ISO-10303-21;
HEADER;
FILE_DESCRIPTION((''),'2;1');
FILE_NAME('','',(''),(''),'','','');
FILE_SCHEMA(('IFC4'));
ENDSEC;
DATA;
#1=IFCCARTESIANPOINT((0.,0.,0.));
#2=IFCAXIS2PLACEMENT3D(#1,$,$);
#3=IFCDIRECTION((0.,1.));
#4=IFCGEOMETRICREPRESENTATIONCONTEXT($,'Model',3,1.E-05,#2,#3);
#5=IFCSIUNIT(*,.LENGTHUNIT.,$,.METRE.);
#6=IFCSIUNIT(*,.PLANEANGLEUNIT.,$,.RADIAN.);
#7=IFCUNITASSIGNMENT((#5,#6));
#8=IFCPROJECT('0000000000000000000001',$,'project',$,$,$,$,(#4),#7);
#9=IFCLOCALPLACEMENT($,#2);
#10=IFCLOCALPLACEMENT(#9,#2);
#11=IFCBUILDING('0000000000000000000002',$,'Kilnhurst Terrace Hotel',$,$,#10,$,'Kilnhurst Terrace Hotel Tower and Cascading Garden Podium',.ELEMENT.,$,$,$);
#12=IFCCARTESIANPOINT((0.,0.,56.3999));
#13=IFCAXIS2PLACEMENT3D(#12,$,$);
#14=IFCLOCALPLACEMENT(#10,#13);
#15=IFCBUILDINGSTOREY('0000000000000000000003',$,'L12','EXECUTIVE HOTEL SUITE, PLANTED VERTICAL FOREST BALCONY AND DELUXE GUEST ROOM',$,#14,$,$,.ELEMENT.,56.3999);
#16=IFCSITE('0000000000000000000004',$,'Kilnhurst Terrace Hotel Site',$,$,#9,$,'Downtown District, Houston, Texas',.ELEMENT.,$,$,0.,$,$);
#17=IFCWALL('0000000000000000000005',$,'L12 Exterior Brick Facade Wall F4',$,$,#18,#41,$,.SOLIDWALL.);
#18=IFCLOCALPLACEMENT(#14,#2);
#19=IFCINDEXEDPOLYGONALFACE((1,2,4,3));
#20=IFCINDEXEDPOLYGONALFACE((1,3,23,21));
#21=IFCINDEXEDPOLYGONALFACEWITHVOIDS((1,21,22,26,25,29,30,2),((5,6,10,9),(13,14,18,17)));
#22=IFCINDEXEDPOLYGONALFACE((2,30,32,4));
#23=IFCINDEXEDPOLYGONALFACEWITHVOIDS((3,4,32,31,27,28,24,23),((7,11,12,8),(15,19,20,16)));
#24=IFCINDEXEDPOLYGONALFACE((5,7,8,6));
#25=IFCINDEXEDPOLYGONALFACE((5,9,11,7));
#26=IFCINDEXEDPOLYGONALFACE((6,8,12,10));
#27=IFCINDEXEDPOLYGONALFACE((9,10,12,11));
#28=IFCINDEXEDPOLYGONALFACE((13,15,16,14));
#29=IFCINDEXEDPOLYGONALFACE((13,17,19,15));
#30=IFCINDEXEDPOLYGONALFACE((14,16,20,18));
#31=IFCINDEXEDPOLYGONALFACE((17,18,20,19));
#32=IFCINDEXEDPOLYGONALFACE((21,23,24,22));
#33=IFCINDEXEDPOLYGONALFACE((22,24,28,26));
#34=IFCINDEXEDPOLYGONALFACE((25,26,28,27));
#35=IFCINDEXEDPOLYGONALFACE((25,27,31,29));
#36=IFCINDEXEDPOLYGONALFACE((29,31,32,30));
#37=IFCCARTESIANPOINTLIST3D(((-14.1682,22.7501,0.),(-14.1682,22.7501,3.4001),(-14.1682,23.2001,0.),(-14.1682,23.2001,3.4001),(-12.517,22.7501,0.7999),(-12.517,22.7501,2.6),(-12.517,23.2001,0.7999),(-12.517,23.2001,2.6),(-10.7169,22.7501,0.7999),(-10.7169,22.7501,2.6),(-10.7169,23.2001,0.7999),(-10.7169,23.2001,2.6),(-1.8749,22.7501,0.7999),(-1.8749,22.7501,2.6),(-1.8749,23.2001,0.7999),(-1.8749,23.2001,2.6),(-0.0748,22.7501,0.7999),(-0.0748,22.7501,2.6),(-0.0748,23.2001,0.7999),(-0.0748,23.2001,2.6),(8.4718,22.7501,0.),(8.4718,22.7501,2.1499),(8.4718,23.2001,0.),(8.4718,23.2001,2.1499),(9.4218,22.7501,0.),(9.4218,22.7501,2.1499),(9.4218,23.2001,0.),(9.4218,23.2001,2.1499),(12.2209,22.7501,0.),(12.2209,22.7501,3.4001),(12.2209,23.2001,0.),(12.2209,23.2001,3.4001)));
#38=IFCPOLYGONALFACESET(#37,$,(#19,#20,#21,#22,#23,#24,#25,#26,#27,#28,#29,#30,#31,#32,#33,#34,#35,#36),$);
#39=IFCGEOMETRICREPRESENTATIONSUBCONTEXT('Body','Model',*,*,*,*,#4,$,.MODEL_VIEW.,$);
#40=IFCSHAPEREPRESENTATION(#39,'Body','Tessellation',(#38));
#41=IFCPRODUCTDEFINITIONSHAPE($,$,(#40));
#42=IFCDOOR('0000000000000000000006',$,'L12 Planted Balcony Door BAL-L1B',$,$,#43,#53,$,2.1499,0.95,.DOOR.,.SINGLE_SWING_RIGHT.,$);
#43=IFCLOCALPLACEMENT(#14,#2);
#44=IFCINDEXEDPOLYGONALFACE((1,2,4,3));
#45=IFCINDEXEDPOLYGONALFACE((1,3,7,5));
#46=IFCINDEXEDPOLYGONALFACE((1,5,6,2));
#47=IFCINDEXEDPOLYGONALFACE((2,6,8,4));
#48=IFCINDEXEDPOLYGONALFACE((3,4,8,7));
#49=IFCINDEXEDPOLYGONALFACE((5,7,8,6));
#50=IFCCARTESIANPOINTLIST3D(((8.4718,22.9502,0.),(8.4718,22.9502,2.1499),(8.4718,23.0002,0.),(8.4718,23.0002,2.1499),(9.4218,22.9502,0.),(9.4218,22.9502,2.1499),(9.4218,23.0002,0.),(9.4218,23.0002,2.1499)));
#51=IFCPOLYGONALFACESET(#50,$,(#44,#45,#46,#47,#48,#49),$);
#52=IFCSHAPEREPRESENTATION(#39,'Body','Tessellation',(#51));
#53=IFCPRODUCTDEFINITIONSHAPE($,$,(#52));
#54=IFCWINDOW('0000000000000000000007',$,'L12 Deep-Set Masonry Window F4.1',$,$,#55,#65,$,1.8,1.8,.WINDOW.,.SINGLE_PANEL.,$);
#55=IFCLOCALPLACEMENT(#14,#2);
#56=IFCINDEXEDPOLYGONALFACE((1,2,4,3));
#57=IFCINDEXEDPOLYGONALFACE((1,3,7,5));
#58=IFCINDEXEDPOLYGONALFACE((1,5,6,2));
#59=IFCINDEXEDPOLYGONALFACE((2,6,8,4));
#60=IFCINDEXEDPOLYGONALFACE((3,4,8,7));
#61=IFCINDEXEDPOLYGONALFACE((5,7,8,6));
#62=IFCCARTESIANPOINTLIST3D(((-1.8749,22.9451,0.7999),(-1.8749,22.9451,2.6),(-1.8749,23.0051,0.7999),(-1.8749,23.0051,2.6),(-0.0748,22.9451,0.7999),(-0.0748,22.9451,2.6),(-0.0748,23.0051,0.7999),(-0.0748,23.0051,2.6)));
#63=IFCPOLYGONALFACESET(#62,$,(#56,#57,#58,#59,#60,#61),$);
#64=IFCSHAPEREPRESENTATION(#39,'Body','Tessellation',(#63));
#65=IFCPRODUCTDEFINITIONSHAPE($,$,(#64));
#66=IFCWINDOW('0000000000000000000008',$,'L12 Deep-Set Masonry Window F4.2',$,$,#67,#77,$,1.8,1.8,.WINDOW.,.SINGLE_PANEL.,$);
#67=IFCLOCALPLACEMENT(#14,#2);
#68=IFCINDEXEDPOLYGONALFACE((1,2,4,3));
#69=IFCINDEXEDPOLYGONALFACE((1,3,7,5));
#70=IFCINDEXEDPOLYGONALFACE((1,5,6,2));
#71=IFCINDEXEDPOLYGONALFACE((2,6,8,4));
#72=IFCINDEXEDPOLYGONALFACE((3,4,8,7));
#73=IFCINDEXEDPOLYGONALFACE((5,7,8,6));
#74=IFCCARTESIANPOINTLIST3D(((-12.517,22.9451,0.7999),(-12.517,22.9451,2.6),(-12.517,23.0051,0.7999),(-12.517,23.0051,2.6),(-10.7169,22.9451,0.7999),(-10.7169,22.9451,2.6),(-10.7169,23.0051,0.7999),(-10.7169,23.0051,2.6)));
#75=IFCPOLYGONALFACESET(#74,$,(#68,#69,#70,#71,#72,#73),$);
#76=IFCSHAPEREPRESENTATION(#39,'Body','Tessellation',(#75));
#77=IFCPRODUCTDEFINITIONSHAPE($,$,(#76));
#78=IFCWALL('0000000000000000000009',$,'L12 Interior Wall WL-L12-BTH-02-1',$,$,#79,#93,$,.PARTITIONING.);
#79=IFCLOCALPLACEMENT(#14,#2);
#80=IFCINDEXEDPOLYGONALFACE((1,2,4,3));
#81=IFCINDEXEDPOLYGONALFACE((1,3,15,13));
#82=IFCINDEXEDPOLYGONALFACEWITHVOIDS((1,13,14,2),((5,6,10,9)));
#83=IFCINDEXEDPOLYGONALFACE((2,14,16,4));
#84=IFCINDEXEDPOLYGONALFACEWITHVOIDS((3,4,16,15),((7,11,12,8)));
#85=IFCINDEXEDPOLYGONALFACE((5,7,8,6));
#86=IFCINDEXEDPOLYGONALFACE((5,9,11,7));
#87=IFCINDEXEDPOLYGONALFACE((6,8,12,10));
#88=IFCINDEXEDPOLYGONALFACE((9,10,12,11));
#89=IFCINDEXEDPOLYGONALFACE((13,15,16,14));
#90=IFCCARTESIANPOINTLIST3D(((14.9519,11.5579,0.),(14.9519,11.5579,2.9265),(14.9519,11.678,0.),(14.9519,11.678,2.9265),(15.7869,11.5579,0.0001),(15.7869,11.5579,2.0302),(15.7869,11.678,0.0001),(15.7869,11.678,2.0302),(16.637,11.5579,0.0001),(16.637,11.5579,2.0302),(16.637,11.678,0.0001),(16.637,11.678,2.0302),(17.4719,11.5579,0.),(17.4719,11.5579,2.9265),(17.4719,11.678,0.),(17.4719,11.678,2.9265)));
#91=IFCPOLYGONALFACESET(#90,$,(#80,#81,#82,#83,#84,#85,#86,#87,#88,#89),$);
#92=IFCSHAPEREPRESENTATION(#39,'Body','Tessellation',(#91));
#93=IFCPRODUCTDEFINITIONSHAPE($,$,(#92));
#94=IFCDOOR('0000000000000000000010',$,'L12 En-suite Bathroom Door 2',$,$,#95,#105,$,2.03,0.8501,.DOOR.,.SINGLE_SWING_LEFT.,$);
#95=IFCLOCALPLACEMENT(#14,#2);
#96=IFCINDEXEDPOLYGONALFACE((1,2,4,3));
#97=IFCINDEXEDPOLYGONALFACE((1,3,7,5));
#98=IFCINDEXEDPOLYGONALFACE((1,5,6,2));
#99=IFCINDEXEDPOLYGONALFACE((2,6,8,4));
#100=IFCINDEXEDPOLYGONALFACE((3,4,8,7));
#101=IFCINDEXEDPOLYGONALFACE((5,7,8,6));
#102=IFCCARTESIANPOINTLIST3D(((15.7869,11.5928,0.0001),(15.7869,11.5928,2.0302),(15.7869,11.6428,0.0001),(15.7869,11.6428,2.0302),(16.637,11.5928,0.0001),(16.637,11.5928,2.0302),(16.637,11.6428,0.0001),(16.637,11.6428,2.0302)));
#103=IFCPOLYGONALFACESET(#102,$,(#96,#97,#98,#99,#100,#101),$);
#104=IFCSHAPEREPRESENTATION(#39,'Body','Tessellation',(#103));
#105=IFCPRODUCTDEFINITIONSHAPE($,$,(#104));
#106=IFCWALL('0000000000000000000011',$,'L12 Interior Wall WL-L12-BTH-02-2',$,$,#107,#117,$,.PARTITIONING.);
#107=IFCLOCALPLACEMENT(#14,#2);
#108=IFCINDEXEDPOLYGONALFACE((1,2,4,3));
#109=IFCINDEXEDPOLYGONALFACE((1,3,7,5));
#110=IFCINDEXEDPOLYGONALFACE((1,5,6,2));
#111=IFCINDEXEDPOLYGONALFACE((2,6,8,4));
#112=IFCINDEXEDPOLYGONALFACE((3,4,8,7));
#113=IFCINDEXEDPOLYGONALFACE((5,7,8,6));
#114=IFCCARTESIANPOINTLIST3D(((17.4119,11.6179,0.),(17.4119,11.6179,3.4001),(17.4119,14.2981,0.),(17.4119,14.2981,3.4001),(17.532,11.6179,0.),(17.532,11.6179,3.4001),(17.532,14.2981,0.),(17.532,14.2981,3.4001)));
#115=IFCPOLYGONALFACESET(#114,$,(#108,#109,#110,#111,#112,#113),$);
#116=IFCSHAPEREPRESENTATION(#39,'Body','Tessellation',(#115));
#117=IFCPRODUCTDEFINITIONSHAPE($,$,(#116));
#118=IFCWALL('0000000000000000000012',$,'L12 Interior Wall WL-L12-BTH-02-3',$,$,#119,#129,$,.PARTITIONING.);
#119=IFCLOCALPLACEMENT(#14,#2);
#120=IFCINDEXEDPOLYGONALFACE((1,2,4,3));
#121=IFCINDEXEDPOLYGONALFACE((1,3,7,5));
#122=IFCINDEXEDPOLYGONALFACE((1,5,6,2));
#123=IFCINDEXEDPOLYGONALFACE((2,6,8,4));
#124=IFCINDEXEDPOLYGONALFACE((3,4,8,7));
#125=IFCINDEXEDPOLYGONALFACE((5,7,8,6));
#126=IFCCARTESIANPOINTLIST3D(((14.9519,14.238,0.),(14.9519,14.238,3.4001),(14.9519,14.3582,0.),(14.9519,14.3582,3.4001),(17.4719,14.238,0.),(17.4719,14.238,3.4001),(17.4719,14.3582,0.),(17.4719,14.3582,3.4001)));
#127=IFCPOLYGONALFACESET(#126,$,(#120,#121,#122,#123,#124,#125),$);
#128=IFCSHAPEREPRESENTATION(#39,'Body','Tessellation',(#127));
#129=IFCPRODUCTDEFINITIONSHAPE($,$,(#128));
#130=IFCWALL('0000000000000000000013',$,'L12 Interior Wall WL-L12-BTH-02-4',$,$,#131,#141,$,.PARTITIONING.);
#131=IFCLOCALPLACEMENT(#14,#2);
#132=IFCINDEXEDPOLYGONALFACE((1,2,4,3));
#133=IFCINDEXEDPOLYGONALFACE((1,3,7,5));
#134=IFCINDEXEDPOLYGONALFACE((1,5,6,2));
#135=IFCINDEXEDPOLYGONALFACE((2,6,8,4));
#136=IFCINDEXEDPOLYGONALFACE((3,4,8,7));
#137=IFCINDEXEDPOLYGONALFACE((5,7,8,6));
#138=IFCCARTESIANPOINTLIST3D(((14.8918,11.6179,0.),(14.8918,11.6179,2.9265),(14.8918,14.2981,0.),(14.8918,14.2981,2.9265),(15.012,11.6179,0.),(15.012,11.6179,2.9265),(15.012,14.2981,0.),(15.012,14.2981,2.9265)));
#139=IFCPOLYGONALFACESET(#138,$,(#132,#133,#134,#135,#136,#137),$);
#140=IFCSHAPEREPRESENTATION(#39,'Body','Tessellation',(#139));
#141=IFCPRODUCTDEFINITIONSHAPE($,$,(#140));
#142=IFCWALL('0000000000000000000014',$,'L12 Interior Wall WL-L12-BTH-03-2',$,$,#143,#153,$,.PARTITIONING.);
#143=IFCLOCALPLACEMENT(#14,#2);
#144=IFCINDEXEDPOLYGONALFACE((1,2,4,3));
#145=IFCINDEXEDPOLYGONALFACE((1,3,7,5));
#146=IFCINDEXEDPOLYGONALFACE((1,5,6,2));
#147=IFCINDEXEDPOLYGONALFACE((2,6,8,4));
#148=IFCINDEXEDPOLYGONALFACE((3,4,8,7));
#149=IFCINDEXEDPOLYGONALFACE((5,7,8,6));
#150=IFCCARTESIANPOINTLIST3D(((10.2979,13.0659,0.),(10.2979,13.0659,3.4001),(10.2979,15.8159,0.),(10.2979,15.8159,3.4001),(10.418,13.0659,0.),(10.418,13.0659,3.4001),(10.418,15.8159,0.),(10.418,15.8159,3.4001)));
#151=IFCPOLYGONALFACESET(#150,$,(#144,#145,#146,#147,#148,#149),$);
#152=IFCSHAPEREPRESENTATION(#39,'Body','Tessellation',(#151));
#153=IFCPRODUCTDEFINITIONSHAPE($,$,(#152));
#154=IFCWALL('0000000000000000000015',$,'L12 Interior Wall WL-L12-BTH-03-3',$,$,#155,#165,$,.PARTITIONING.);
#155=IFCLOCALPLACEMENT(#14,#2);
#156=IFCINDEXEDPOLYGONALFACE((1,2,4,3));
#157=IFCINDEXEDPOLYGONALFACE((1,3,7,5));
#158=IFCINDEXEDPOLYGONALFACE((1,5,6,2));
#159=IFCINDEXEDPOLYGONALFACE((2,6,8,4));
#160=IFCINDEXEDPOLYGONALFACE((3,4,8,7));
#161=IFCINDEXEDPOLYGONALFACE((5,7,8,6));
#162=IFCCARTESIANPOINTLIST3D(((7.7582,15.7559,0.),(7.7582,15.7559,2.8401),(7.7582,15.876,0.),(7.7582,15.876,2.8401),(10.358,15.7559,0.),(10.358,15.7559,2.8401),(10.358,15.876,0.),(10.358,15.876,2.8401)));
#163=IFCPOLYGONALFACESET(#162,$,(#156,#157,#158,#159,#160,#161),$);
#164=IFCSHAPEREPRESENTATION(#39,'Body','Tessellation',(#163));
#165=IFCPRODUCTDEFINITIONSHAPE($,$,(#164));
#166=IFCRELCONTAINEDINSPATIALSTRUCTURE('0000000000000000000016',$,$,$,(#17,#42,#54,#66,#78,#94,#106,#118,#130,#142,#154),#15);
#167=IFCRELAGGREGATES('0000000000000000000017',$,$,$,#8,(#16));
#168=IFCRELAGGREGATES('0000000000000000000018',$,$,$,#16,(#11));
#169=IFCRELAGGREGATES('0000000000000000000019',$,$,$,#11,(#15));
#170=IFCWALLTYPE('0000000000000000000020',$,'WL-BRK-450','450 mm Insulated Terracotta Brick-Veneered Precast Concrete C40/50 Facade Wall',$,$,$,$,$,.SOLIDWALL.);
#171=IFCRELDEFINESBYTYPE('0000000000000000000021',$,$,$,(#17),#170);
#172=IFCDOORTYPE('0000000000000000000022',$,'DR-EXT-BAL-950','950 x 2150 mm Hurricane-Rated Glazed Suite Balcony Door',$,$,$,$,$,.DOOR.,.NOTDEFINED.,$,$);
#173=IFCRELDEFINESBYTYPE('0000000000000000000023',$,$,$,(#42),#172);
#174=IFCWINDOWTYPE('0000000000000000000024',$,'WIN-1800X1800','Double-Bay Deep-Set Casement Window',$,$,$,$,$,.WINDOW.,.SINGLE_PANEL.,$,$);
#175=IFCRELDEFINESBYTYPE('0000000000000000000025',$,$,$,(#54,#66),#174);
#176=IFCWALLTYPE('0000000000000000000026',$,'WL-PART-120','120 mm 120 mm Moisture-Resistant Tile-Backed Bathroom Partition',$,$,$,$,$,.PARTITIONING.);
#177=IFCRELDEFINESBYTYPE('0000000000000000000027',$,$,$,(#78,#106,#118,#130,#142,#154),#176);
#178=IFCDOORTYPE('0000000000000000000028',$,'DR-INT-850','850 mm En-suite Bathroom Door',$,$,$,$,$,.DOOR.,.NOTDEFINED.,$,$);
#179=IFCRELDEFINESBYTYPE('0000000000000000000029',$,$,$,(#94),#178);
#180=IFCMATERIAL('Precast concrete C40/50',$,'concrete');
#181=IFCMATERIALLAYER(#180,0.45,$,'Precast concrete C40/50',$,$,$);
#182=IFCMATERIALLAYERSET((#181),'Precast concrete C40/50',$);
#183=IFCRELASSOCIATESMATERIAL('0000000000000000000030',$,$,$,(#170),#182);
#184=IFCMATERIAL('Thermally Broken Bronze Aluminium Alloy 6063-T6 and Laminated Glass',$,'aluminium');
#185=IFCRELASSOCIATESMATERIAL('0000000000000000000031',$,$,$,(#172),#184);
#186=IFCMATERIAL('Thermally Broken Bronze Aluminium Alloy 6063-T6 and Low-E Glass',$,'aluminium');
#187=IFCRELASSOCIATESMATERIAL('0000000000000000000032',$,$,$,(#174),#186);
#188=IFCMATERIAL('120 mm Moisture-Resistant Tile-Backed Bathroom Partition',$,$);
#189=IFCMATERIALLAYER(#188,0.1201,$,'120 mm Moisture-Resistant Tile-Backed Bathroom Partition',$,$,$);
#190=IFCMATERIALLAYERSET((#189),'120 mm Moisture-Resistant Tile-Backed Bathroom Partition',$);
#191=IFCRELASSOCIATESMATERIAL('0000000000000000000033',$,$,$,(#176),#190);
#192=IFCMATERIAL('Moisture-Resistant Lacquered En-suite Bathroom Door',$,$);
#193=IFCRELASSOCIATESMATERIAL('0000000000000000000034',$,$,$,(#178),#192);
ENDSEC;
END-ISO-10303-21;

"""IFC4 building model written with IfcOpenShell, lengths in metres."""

from ifc_helpers import new_model, si_unit, direction, frame, frame_2d, origin, place, context, subcontext, project, spatial, rectangle, extrude, material, layer, layer_set, type_object, element, fill, save


model = new_model("IFC4")

# Units and contexts
model_context = context("Model", 3, precision=1e-05, world=origin(), true_north=direction((0.0, 1.0)))
body_context = subcontext(model_context, "Body", "Model", "MODEL_VIEW")
ifc_project = project(units=[si_unit("LENGTHUNIT", "METRE"), si_unit("PLANEANGLEUNIT", "RADIAN")], contexts=[model_context])

# Site, building, storey
site_placement = place(None, origin())
site = spatial("IfcSite", under=ifc_project, at=site_placement, Name="Kilnhurst Terrace Hotel Site", LongName="Downtown District, Houston, Texas", CompositionType="ELEMENT", RefElevation=0.0)
building_placement = place(site_placement, origin())
building = spatial("IfcBuilding", under=site, at=building_placement, Name="Kilnhurst Terrace Hotel", LongName="Kilnhurst Terrace Hotel Tower and Cascading Garden Podium", CompositionType="ELEMENT")
storey_placement = place(building_placement, frame((0.0, 0.0, 56.3999)))
storey = spatial("IfcBuildingStorey", under=building, at=storey_placement, Name="L12", Description="EXECUTIVE HOTEL SUITE, PLANTED VERTICAL FOREST BALCONY AND DELUXE GUEST ROOM", CompositionType="ELEMENT", Elevation=56.3999)

# Shared definitions
ifc_material_1 = material(Name="Precast concrete C40/50", Category="concrete")
ifc_layer_1 = layer(ifc_material_1, 0.45, Name="Precast concrete C40/50")
ifc_layer_set_1 = layer_set([ifc_layer_1], Name="Precast concrete C40/50")
wall_type_1 = type_object("IfcWallType", Name="WL-BRK-450", Description="450 mm Insulated Terracotta Brick-Veneered Precast Concrete C40/50 Facade Wall", PredefinedType="SOLIDWALL", material=ifc_layer_set_1)

# Wall, openings, door, windows
wall_1_placement = place(storey_placement, frame((12.2209, 22.9751, 0.0), z_axis=(0.0, 0.0, 1.0), x_axis=(-1.0, 0.0, 0.0)))
wall_1 = element("IfcWall", 1, at=wall_1_placement, inside=storey, type_object=wall_type_1, Name="L12 Exterior Brick Facade Wall F4", PredefinedType="SOLIDWALL", context=body_context, shape_type="SweptSolid", body=[
    extrude(rectangle(XDim=26.3892, YDim=0.45, at=frame_2d((13.1946, 0.0))), origin(), (0.0, 0.0, 1.0), 3.4001),
])
opening_1_placement = place(wall_1_placement, frame((2.7991, 0.0, 0.0)))
opening_1 = element("IfcOpeningElement", 2, at=opening_1_placement, cuts=wall_1, PredefinedType="OPENING", context=body_context, shape_type="SweptSolid", body=[
    extrude(rectangle(XDim=0.95, YDim=2.1499, at=frame_2d((0.4751, 1.075))), frame((0.0, 0.2349, 0.0), z_axis=(0.0, -1.0, 0.0), x_axis=(1.0, 0.0, 0.0)), (0.0, 0.0, 1.0), 0.47),
])
opening_2_placement = place(wall_1_placement, frame((12.2959, 0.0, 0.8)))
opening_2 = element("IfcOpeningElement", 3, at=opening_2_placement, cuts=wall_1, PredefinedType="OPENING", context=body_context, shape_type="SweptSolid", body=[
    extrude(rectangle(XDim=1.8, YDim=1.8, at=frame_2d((0.8999, 0.8999))), frame((0.0, 0.2349, 0.0), z_axis=(0.0, -1.0, 0.0), x_axis=(1.0, 0.0, 0.0)), (0.0, 0.0, 1.0), 0.47),
])
opening_3_placement = place(wall_1_placement, frame((22.938, 0.0, 0.8)))
opening_3 = element("IfcOpeningElement", 4, at=opening_3_placement, cuts=wall_1, PredefinedType="OPENING", context=body_context, shape_type="SweptSolid", body=[
    extrude(rectangle(XDim=1.8, YDim=1.8, at=frame_2d((0.8999, 0.8999))), frame((0.0, 0.2349, 0.0), z_axis=(0.0, -1.0, 0.0), x_axis=(1.0, 0.0, 0.0)), (0.0, 0.0, 1.0), 0.47),
])
ifc_material_2 = material(Name="Thermally Broken Bronze Aluminium Alloy 6063-T6 and Laminated Glass", Category="aluminium")
door_type_1 = type_object("IfcDoorType", Name="DR-EXT-BAL-950", Description="950 x 2150 mm Hurricane-Rated Glazed Suite Balcony Door", OperationType="NOTDEFINED", PredefinedType="DOOR", material=ifc_material_2)
door_1_placement = place(opening_1_placement, origin())
door_1 = element("IfcDoor", 5, at=door_1_placement, inside=storey, type_object=door_type_1, Name="L12 Planted Balcony Door BAL-L1B", OperationType="SINGLE_SWING_RIGHT", OverallHeight=2.1499, OverallWidth=0.95, PredefinedType="DOOR", context=body_context, shape_type="SweptSolid", body=[
    extrude(rectangle(XDim=0.95, YDim=2.1499, at=frame_2d((0.4751, 1.075))), frame((0.0, 0.0249, 0.0), z_axis=(0.0, -1.0, 0.0), x_axis=(1.0, 0.0, 0.0)), (0.0, 0.0, 1.0), 0.05),
])
fill(opening_1, door_1)
ifc_material_3 = material(Name="Thermally Broken Bronze Aluminium Alloy 6063-T6 and Low-E Glass", Category="aluminium")
window_type = type_object("IfcWindowType", Name="WIN-1800X1800", Description="Double-Bay Deep-Set Casement Window", PartitioningType="SINGLE_PANEL", PredefinedType="WINDOW", material=ifc_material_3)
window_1_placement = place(opening_2_placement, origin())
window_1 = element("IfcWindow", 6, at=window_1_placement, inside=storey, type_object=window_type, Name="L12 Deep-Set Masonry Window F4.1", OverallHeight=1.8, OverallWidth=1.8, PartitioningType="SINGLE_PANEL", PredefinedType="WINDOW", context=body_context, shape_type="SweptSolid", body=[
    extrude(rectangle(XDim=1.8, YDim=1.8, at=frame_2d((0.8999, 0.8999))), frame((0.0, 0.03, 0.0), z_axis=(0.0, -1.0, 0.0), x_axis=(1.0, 0.0, 0.0)), (0.0, 0.0, 1.0), 0.0601),
])
fill(opening_2, window_1)
window_2_placement = place(opening_3_placement, origin())
window_2 = element("IfcWindow", 7, at=window_2_placement, inside=storey, type_object=window_type, Name="L12 Deep-Set Masonry Window F4.2", OverallHeight=1.8, OverallWidth=1.8, PartitioningType="SINGLE_PANEL", PredefinedType="WINDOW", context=body_context, shape_type="SweptSolid", body=[
    extrude(rectangle(XDim=1.8, YDim=1.8, at=frame_2d((0.8999, 0.8999))), frame((0.0, 0.03, 0.0), z_axis=(0.0, -1.0, 0.0), x_axis=(1.0, 0.0, 0.0)), (0.0, 0.0, 1.0), 0.0601),
])
fill(opening_3, window_2)

# Wall, opening, door
ifc_material_4 = material(Name="120 mm Moisture-Resistant Tile-Backed Bathroom Partition")
ifc_layer_2 = layer(ifc_material_4, 0.1201, Name="120 mm Moisture-Resistant Tile-Backed Bathroom Partition")
ifc_layer_set_2 = layer_set([ifc_layer_2], Name="120 mm Moisture-Resistant Tile-Backed Bathroom Partition")
wall_type_2 = type_object("IfcWallType", Name="WL-PART-120", Description="120 mm 120 mm Moisture-Resistant Tile-Backed Bathroom Partition", PredefinedType="PARTITIONING", material=ifc_layer_set_2)
wall_2_placement = place(storey_placement, frame((14.9519, 11.6179, 0.0), z_axis=(0.0, 0.0, 1.0), x_axis=(1.0, 0.0, 0.0)))
wall_2 = element("IfcWall", 8, at=wall_2_placement, inside=storey, type_object=wall_type_2, Name="L12 Interior Wall WL-L12-BTH-02-1", PredefinedType="PARTITIONING", context=body_context, shape_type="SweptSolid", body=[
    extrude(rectangle(XDim=2.52, YDim=0.1201, at=frame_2d((1.26, 0.0))), origin(), (0.0, 0.0, 1.0), 2.9265),
])
opening_4_placement = place(wall_2_placement, frame((0.835, 0.0, 0.0)))
opening_4 = element("IfcOpeningElement", 9, at=opening_4_placement, cuts=wall_2, PredefinedType="OPENING", context=body_context, shape_type="SweptSolid", body=[
    extrude(rectangle(XDim=0.8501, YDim=2.03, at=frame_2d((0.425, 1.0151))), frame((0.0, 0.0701, 0.0), z_axis=(0.0, -1.0, 0.0), x_axis=(1.0, 0.0, 0.0)), (0.0, 0.0, 1.0), 0.1401),
])
ifc_material_5 = material(Name="Moisture-Resistant Lacquered En-suite Bathroom Door")
door_type_2 = type_object("IfcDoorType", Name="DR-INT-850", Description="850 mm En-suite Bathroom Door", OperationType="NOTDEFINED", PredefinedType="DOOR", material=ifc_material_5)
door_2_placement = place(opening_4_placement, origin())
door_2 = element("IfcDoor", 10, at=door_2_placement, inside=storey, type_object=door_type_2, Name="L12 En-suite Bathroom Door 2", OperationType="SINGLE_SWING_LEFT", OverallHeight=2.03, OverallWidth=0.8501, PredefinedType="DOOR", context=body_context, shape_type="SweptSolid", body=[
    extrude(rectangle(XDim=0.8501, YDim=2.03, at=frame_2d((0.425, 1.0151))), frame((0.0, 0.0249, 0.0), z_axis=(0.0, -1.0, 0.0), x_axis=(1.0, 0.0, 0.0)), (0.0, 0.0, 1.0), 0.05),
])
fill(opening_4, door_2)

# Walls
wall_3_placement = place(storey_placement, frame((17.4719, 11.6179, 0.0), z_axis=(0.0, 0.0, 1.0), x_axis=(0.0, 1.0, 0.0)))
element("IfcWall", 11, at=wall_3_placement, inside=storey, type_object=wall_type_2, Name="L12 Interior Wall WL-L12-BTH-02-2", PredefinedType="PARTITIONING", context=body_context, shape_type="SweptSolid", body=[
    extrude(rectangle(XDim=2.6802, YDim=0.1201, at=frame_2d((1.3401, 0.0))), origin(), (0.0, 0.0, 1.0), 3.4001),
])
wall_4_placement = place(storey_placement, frame((17.4719, 14.2981, 0.0), z_axis=(0.0, 0.0, 1.0), x_axis=(-1.0, 0.0, 0.0)))
element("IfcWall", 12, at=wall_4_placement, inside=storey, type_object=wall_type_2, Name="L12 Interior Wall WL-L12-BTH-02-3", PredefinedType="PARTITIONING", context=body_context, shape_type="SweptSolid", body=[
    extrude(rectangle(XDim=2.52, YDim=0.1201, at=frame_2d((1.26, 0.0))), origin(), (0.0, 0.0, 1.0), 3.4001),
])
wall_5_placement = place(storey_placement, frame((14.9519, 14.2981, 0.0), z_axis=(0.0, 0.0, 1.0), x_axis=(0.0, -1.0, 0.0)))
element("IfcWall", 13, at=wall_5_placement, inside=storey, type_object=wall_type_2, Name="L12 Interior Wall WL-L12-BTH-02-4", PredefinedType="PARTITIONING", context=body_context, shape_type="SweptSolid", body=[
    extrude(rectangle(XDim=2.6802, YDim=0.1201, at=frame_2d((1.3401, 0.0))), origin(), (0.0, 0.0, 1.0), 2.9265),
])
wall_6_placement = place(storey_placement, frame((10.3579, 13.0659, 0.0), z_axis=(0.0, 0.0, 1.0), x_axis=(0.0, 1.0, 0.0)))
element("IfcWall", 14, at=wall_6_placement, inside=storey, type_object=wall_type_2, Name="L12 Interior Wall WL-L12-BTH-03-2", PredefinedType="PARTITIONING", context=body_context, shape_type="SweptSolid", body=[
    extrude(rectangle(XDim=2.75, YDim=0.1201, at=frame_2d((1.375, 0.0))), origin(), (0.0, 0.0, 1.0), 3.4001),
])
wall_7_placement = place(storey_placement, frame((10.3579, 15.8159, 0.0), z_axis=(0.0, 0.0, 1.0), x_axis=(-1.0, 0.0, 0.0)))
element("IfcWall", 15, at=wall_7_placement, inside=storey, type_object=wall_type_2, Name="L12 Interior Wall WL-L12-BTH-03-3", PredefinedType="PARTITIONING", context=body_context, shape_type="SweptSolid", body=[
    extrude(rectangle(XDim=2.5999, YDim=0.1201, at=frame_2d((1.2998, 0.0))), origin(), (0.0, 0.0, 1.0), 2.8401),
])

save(model, "model.ifc")
